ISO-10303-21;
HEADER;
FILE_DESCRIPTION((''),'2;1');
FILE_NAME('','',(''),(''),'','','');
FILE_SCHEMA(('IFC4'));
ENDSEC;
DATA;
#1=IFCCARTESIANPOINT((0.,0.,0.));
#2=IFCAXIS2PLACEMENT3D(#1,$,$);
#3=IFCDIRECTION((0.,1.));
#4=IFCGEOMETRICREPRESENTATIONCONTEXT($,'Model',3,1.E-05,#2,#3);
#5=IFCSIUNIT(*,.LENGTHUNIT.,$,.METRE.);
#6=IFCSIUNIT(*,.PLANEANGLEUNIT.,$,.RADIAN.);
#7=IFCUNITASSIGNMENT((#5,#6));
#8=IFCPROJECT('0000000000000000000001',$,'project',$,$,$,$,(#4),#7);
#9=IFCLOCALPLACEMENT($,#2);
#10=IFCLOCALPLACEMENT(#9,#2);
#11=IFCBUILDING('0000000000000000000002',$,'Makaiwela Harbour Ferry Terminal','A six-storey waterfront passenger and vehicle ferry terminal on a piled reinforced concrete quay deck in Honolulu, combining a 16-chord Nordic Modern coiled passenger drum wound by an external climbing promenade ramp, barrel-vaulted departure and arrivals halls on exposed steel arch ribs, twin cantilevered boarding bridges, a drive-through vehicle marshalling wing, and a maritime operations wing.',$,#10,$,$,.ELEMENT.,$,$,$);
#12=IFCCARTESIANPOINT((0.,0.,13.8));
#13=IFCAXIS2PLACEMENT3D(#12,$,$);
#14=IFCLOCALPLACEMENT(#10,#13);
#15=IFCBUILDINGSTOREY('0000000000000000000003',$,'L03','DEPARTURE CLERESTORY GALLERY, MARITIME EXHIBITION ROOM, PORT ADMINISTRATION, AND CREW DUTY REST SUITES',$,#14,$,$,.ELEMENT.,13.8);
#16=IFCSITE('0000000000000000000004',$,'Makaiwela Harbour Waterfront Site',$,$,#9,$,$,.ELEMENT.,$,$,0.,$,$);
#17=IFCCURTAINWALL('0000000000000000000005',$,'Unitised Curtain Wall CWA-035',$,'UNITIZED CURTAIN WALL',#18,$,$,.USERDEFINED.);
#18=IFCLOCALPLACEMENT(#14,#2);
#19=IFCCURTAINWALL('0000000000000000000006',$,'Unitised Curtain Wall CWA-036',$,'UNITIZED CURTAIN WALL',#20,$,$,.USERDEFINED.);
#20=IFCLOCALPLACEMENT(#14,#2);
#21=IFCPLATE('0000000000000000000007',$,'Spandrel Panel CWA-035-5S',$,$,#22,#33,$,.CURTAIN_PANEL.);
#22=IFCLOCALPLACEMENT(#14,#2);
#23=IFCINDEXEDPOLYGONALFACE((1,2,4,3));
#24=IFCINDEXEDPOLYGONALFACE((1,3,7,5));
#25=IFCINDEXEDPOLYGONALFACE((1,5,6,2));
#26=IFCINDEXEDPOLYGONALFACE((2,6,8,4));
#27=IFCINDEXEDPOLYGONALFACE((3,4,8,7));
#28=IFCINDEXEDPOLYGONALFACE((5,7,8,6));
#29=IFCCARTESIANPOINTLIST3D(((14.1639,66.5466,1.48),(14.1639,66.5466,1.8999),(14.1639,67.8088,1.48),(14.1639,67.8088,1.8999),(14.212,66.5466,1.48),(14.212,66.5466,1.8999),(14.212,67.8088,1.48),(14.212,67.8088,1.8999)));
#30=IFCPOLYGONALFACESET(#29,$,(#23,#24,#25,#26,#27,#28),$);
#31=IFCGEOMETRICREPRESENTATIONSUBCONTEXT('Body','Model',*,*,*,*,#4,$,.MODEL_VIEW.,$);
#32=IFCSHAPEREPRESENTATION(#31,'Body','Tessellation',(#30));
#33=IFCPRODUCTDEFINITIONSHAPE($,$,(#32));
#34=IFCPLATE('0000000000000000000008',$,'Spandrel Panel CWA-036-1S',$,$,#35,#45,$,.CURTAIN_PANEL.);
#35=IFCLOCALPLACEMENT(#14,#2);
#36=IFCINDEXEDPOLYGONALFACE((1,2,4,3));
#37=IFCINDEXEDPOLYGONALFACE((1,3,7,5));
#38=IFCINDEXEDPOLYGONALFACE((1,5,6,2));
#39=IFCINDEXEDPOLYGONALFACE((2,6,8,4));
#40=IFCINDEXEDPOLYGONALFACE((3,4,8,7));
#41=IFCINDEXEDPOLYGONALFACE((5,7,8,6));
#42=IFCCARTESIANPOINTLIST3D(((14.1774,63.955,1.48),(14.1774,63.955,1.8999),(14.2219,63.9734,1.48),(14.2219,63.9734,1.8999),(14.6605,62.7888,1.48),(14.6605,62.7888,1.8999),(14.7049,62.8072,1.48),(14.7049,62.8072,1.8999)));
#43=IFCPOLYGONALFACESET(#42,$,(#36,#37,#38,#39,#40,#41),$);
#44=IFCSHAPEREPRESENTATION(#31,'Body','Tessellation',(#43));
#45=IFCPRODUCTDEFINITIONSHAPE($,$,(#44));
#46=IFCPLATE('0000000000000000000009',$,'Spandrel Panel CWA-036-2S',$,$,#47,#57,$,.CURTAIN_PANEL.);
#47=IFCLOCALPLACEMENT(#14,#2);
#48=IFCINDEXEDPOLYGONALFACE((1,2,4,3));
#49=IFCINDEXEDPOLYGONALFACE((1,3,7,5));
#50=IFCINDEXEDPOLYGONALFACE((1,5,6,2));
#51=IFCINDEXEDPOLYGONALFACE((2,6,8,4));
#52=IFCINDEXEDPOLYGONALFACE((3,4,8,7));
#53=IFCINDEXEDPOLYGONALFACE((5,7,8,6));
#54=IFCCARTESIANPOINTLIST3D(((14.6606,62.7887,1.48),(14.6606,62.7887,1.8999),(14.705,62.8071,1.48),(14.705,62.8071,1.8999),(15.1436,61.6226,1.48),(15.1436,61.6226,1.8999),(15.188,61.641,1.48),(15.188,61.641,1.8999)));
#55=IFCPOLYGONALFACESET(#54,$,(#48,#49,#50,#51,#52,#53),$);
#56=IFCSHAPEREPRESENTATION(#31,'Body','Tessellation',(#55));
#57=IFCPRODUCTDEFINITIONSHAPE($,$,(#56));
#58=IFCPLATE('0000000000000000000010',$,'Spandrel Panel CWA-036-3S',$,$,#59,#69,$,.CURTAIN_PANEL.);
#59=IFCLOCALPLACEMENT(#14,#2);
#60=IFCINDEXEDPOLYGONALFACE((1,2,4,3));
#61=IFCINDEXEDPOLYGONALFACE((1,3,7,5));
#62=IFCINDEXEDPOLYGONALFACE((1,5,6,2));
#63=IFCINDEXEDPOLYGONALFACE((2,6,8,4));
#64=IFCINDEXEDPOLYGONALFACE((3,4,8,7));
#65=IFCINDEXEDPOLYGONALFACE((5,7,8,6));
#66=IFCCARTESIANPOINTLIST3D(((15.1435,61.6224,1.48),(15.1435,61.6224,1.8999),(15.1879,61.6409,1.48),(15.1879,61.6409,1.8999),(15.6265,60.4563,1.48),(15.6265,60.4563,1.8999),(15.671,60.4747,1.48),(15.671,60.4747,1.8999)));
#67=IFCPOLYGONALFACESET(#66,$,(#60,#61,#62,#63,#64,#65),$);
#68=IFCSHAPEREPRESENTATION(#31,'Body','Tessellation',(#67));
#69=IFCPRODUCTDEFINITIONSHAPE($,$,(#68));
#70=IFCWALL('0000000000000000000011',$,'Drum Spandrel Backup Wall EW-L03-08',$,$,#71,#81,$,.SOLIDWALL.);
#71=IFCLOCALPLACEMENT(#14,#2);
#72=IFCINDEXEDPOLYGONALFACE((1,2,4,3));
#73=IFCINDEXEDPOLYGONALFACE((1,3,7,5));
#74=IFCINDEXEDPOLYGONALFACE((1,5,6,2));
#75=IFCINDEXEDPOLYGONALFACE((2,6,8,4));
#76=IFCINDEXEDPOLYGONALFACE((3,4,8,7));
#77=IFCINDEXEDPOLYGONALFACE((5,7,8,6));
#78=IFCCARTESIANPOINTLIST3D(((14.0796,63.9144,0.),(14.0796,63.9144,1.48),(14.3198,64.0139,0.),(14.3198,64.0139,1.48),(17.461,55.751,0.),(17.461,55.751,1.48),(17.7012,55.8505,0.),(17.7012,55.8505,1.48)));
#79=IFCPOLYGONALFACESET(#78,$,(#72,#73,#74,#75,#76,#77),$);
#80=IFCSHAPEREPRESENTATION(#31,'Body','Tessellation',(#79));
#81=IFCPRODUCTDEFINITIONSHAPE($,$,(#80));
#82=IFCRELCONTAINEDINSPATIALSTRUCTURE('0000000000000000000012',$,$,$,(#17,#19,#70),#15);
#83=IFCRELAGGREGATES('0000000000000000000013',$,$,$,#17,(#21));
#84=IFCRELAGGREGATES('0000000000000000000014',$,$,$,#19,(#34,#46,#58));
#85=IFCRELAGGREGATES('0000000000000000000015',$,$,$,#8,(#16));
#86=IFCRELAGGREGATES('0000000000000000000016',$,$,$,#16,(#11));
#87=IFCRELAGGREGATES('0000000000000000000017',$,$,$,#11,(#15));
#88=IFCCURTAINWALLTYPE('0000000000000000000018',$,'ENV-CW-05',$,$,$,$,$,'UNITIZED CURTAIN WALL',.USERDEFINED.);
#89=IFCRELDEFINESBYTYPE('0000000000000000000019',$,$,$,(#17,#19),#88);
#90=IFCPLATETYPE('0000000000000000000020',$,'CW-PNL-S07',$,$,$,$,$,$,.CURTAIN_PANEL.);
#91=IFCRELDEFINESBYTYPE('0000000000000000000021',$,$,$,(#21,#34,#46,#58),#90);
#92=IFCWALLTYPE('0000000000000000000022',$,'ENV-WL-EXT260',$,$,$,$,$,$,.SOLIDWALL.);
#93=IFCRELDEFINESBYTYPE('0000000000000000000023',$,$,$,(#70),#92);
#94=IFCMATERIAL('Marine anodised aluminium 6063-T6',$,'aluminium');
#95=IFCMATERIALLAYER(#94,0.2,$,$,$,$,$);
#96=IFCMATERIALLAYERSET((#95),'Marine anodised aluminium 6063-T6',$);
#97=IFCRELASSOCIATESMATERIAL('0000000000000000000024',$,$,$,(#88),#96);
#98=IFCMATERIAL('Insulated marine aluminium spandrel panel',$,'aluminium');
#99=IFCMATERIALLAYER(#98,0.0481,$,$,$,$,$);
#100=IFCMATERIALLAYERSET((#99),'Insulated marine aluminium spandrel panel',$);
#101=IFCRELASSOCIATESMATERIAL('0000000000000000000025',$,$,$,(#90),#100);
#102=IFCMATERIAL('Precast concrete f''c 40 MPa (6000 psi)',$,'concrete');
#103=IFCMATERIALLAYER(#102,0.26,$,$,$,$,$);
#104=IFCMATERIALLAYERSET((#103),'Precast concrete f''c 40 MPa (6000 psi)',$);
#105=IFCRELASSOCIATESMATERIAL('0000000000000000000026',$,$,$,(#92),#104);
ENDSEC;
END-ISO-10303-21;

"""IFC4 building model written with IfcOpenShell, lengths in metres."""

from ifc_helpers import new_model, si_unit, direction, frame, frame_2d, origin, origin_2d, place, context, subcontext, project, spatial, rectangle, extrude, material, layer, layer_set, type_object, element, aggregate, save


model = new_model("IFC4")

# Units and contexts
model_context = context("Model", 3, precision=1e-05, world=origin(), true_north=direction((0.0, 1.0)))
body_context = subcontext(model_context, "Body", "Model", "MODEL_VIEW")
ifc_project = project(units=[si_unit("LENGTHUNIT", "METRE"), si_unit("PLANEANGLEUNIT", "RADIAN")], contexts=[model_context])

# Site, building, storey
site_placement = place(None, origin())
site = spatial("IfcSite", under=ifc_project, at=site_placement, Name="Makaiwela Harbour Waterfront Site", CompositionType="ELEMENT", RefElevation=0.0)
building_placement = place(site_placement, origin())
building = spatial("IfcBuilding", under=site, at=building_placement, Name="Makaiwela Harbour Ferry Terminal", Description="A six-storey waterfront passenger and vehicle ferry terminal on a piled reinforced concrete quay deck in Honolulu, combining a 16-chord Nordic Modern coiled passenger drum wound by an external climbing promenade ramp, barrel-vaulted departure and arrivals halls on exposed steel arch ribs, twin cantilevered boarding bridges, a drive-through vehicle marshalling wing, and a maritime operations wing.", CompositionType="ELEMENT")
storey_placement = place(building_placement, frame((0.0, 0.0, 13.8)))
storey = spatial("IfcBuildingStorey", under=building, at=storey_placement, Name="L03", Description="DEPARTURE CLERESTORY GALLERY, MARITIME EXHIBITION ROOM, PORT ADMINISTRATION, AND CREW DUTY REST SUITES", CompositionType="ELEMENT", Elevation=13.8)

# Curtain wall
ifc_material_1 = material(Name="Marine anodised aluminium 6063-T6", Category="aluminium")
ifc_layer_1 = layer(ifc_material_1, 0.2)
ifc_layer_set_1 = layer_set([ifc_layer_1], Name="Marine anodised aluminium 6063-T6")
curtain_wall_type = type_object("IfcCurtainWallType", Name="ENV-CW-05", ElementType="UNITIZED CURTAIN WALL", PredefinedType="USERDEFINED", material=ifc_layer_set_1)
curtain_wall_1_placement = place(storey_placement, origin())
curtain_wall_1 = element("IfcCurtainWall", 1, at=curtain_wall_1_placement, inside=storey, type_object=curtain_wall_type, Name="Unitised Curtain Wall CWA-035", ObjectType="UNITIZED CURTAIN WALL", PredefinedType="USERDEFINED")

# Curtain wall
curtain_wall_2_placement = place(storey_placement, origin())
curtain_wall_2 = element("IfcCurtainWall", 2, at=curtain_wall_2_placement, inside=storey, type_object=curtain_wall_type, Name="Unitised Curtain Wall CWA-036", ObjectType="UNITIZED CURTAIN WALL", PredefinedType="USERDEFINED")

# Plates
ifc_material_2 = material(Name="Insulated marine aluminium spandrel panel", Category="aluminium")
ifc_layer_2 = layer(ifc_material_2, 0.0481)
ifc_layer_set_2 = layer_set([ifc_layer_2], Name="Insulated marine aluminium spandrel panel")
plate_type_1 = type_object("IfcPlateType", Name="CW-PNL-S07", PredefinedType="CURTAIN_PANEL", material=ifc_layer_set_2)
plate_1_placement = place(storey_placement, frame((14.188, 67.1777, 1.48), z_axis=(0.0, 0.0, 1.0), x_axis=(0.0, -1.0, 0.0)))
plate_1 = element("IfcPlate", 3, at=plate_1_placement, type_object=plate_type_1, Name="Spandrel Panel CWA-035-5S", PredefinedType="CURTAIN_PANEL", context=body_context, shape_type="SweptSolid", body=[
    extrude(rectangle(XDim=1.2622, YDim=0.0481, at=origin_2d()), origin(), (0.0, 0.0, 1.0), 0.4199),
])
aggregate(curtain_wall_1, [plate_1])
plate_2_placement = place(storey_placement, frame((14.4412, 63.3811, 1.48), z_axis=(0.0, 0.0, 1.0), x_axis=(0.382683, -0.92388, 0.0)))
plate_2 = element("IfcPlate", 4, at=plate_2_placement, type_object=plate_type_1, Name="Spandrel Panel CWA-036-1S", PredefinedType="CURTAIN_PANEL", context=body_context, shape_type="SweptSolid", body=[
    extrude(rectangle(XDim=1.2622, YDim=0.0481, at=origin_2d()), origin(), (0.0, 0.0, 1.0), 0.4199),
])
plate_3_placement = place(storey_placement, frame((14.9243, 62.2148, 1.48), z_axis=(0.0, 0.0, 1.0), x_axis=(0.382683, -0.92388, 0.0)))
plate_3 = element("IfcPlate", 5, at=plate_3_placement, type_object=plate_type_1, Name="Spandrel Panel CWA-036-2S", PredefinedType="CURTAIN_PANEL", context=body_context, shape_type="SweptSolid", body=[
    extrude(rectangle(XDim=1.2622, YDim=0.0481, at=origin_2d()), origin(), (0.0, 0.0, 1.0), 0.4199),
])
plate_4_placement = place(storey_placement, frame((15.4072, 61.0486, 1.48), z_axis=(0.0, 0.0, 1.0), x_axis=(0.382683, -0.92388, 0.0)))
plate_4 = element("IfcPlate", 6, at=plate_4_placement, type_object=plate_type_1, Name="Spandrel Panel CWA-036-3S", PredefinedType="CURTAIN_PANEL", context=body_context, shape_type="SweptSolid", body=[
    extrude(rectangle(XDim=1.2622, YDim=0.0481, at=origin_2d()), origin(), (0.0, 0.0, 1.0), 0.4199),
])
aggregate(curtain_wall_2, [plate_2, plate_3, plate_4])

# Wall
ifc_material_3 = material(Name="Precast concrete f'c 40 MPa (6000 psi)", Category="concrete")
ifc_layer_3 = layer(ifc_material_3, 0.26)
ifc_layer_set_3 = layer_set([ifc_layer_3], Name="Precast concrete f'c 40 MPa (6000 psi)")
wall_type = type_object("IfcWallType", Name="ENV-WL-EXT260", PredefinedType="SOLIDWALL", material=ifc_layer_set_3)
wall_placement = place(storey_placement, frame((14.1997, 63.9641, 0.0), z_axis=(0.0, 0.0, 1.0), x_axis=(0.382682, -0.92388, 0.0)))
element("IfcWall", 7, at=wall_placement, inside=storey, type_object=wall_type, Name="Drum Spandrel Backup Wall EW-L03-08", PredefinedType="SOLIDWALL", context=body_context, shape_type="SweptSolid", body=[
    extrude(rectangle(XDim=8.8359, YDim=0.26, at=frame_2d((4.418, 0.0))), origin(), (0.0, 0.0, 1.0), 1.48),
])

save(model, "model.ifc")
